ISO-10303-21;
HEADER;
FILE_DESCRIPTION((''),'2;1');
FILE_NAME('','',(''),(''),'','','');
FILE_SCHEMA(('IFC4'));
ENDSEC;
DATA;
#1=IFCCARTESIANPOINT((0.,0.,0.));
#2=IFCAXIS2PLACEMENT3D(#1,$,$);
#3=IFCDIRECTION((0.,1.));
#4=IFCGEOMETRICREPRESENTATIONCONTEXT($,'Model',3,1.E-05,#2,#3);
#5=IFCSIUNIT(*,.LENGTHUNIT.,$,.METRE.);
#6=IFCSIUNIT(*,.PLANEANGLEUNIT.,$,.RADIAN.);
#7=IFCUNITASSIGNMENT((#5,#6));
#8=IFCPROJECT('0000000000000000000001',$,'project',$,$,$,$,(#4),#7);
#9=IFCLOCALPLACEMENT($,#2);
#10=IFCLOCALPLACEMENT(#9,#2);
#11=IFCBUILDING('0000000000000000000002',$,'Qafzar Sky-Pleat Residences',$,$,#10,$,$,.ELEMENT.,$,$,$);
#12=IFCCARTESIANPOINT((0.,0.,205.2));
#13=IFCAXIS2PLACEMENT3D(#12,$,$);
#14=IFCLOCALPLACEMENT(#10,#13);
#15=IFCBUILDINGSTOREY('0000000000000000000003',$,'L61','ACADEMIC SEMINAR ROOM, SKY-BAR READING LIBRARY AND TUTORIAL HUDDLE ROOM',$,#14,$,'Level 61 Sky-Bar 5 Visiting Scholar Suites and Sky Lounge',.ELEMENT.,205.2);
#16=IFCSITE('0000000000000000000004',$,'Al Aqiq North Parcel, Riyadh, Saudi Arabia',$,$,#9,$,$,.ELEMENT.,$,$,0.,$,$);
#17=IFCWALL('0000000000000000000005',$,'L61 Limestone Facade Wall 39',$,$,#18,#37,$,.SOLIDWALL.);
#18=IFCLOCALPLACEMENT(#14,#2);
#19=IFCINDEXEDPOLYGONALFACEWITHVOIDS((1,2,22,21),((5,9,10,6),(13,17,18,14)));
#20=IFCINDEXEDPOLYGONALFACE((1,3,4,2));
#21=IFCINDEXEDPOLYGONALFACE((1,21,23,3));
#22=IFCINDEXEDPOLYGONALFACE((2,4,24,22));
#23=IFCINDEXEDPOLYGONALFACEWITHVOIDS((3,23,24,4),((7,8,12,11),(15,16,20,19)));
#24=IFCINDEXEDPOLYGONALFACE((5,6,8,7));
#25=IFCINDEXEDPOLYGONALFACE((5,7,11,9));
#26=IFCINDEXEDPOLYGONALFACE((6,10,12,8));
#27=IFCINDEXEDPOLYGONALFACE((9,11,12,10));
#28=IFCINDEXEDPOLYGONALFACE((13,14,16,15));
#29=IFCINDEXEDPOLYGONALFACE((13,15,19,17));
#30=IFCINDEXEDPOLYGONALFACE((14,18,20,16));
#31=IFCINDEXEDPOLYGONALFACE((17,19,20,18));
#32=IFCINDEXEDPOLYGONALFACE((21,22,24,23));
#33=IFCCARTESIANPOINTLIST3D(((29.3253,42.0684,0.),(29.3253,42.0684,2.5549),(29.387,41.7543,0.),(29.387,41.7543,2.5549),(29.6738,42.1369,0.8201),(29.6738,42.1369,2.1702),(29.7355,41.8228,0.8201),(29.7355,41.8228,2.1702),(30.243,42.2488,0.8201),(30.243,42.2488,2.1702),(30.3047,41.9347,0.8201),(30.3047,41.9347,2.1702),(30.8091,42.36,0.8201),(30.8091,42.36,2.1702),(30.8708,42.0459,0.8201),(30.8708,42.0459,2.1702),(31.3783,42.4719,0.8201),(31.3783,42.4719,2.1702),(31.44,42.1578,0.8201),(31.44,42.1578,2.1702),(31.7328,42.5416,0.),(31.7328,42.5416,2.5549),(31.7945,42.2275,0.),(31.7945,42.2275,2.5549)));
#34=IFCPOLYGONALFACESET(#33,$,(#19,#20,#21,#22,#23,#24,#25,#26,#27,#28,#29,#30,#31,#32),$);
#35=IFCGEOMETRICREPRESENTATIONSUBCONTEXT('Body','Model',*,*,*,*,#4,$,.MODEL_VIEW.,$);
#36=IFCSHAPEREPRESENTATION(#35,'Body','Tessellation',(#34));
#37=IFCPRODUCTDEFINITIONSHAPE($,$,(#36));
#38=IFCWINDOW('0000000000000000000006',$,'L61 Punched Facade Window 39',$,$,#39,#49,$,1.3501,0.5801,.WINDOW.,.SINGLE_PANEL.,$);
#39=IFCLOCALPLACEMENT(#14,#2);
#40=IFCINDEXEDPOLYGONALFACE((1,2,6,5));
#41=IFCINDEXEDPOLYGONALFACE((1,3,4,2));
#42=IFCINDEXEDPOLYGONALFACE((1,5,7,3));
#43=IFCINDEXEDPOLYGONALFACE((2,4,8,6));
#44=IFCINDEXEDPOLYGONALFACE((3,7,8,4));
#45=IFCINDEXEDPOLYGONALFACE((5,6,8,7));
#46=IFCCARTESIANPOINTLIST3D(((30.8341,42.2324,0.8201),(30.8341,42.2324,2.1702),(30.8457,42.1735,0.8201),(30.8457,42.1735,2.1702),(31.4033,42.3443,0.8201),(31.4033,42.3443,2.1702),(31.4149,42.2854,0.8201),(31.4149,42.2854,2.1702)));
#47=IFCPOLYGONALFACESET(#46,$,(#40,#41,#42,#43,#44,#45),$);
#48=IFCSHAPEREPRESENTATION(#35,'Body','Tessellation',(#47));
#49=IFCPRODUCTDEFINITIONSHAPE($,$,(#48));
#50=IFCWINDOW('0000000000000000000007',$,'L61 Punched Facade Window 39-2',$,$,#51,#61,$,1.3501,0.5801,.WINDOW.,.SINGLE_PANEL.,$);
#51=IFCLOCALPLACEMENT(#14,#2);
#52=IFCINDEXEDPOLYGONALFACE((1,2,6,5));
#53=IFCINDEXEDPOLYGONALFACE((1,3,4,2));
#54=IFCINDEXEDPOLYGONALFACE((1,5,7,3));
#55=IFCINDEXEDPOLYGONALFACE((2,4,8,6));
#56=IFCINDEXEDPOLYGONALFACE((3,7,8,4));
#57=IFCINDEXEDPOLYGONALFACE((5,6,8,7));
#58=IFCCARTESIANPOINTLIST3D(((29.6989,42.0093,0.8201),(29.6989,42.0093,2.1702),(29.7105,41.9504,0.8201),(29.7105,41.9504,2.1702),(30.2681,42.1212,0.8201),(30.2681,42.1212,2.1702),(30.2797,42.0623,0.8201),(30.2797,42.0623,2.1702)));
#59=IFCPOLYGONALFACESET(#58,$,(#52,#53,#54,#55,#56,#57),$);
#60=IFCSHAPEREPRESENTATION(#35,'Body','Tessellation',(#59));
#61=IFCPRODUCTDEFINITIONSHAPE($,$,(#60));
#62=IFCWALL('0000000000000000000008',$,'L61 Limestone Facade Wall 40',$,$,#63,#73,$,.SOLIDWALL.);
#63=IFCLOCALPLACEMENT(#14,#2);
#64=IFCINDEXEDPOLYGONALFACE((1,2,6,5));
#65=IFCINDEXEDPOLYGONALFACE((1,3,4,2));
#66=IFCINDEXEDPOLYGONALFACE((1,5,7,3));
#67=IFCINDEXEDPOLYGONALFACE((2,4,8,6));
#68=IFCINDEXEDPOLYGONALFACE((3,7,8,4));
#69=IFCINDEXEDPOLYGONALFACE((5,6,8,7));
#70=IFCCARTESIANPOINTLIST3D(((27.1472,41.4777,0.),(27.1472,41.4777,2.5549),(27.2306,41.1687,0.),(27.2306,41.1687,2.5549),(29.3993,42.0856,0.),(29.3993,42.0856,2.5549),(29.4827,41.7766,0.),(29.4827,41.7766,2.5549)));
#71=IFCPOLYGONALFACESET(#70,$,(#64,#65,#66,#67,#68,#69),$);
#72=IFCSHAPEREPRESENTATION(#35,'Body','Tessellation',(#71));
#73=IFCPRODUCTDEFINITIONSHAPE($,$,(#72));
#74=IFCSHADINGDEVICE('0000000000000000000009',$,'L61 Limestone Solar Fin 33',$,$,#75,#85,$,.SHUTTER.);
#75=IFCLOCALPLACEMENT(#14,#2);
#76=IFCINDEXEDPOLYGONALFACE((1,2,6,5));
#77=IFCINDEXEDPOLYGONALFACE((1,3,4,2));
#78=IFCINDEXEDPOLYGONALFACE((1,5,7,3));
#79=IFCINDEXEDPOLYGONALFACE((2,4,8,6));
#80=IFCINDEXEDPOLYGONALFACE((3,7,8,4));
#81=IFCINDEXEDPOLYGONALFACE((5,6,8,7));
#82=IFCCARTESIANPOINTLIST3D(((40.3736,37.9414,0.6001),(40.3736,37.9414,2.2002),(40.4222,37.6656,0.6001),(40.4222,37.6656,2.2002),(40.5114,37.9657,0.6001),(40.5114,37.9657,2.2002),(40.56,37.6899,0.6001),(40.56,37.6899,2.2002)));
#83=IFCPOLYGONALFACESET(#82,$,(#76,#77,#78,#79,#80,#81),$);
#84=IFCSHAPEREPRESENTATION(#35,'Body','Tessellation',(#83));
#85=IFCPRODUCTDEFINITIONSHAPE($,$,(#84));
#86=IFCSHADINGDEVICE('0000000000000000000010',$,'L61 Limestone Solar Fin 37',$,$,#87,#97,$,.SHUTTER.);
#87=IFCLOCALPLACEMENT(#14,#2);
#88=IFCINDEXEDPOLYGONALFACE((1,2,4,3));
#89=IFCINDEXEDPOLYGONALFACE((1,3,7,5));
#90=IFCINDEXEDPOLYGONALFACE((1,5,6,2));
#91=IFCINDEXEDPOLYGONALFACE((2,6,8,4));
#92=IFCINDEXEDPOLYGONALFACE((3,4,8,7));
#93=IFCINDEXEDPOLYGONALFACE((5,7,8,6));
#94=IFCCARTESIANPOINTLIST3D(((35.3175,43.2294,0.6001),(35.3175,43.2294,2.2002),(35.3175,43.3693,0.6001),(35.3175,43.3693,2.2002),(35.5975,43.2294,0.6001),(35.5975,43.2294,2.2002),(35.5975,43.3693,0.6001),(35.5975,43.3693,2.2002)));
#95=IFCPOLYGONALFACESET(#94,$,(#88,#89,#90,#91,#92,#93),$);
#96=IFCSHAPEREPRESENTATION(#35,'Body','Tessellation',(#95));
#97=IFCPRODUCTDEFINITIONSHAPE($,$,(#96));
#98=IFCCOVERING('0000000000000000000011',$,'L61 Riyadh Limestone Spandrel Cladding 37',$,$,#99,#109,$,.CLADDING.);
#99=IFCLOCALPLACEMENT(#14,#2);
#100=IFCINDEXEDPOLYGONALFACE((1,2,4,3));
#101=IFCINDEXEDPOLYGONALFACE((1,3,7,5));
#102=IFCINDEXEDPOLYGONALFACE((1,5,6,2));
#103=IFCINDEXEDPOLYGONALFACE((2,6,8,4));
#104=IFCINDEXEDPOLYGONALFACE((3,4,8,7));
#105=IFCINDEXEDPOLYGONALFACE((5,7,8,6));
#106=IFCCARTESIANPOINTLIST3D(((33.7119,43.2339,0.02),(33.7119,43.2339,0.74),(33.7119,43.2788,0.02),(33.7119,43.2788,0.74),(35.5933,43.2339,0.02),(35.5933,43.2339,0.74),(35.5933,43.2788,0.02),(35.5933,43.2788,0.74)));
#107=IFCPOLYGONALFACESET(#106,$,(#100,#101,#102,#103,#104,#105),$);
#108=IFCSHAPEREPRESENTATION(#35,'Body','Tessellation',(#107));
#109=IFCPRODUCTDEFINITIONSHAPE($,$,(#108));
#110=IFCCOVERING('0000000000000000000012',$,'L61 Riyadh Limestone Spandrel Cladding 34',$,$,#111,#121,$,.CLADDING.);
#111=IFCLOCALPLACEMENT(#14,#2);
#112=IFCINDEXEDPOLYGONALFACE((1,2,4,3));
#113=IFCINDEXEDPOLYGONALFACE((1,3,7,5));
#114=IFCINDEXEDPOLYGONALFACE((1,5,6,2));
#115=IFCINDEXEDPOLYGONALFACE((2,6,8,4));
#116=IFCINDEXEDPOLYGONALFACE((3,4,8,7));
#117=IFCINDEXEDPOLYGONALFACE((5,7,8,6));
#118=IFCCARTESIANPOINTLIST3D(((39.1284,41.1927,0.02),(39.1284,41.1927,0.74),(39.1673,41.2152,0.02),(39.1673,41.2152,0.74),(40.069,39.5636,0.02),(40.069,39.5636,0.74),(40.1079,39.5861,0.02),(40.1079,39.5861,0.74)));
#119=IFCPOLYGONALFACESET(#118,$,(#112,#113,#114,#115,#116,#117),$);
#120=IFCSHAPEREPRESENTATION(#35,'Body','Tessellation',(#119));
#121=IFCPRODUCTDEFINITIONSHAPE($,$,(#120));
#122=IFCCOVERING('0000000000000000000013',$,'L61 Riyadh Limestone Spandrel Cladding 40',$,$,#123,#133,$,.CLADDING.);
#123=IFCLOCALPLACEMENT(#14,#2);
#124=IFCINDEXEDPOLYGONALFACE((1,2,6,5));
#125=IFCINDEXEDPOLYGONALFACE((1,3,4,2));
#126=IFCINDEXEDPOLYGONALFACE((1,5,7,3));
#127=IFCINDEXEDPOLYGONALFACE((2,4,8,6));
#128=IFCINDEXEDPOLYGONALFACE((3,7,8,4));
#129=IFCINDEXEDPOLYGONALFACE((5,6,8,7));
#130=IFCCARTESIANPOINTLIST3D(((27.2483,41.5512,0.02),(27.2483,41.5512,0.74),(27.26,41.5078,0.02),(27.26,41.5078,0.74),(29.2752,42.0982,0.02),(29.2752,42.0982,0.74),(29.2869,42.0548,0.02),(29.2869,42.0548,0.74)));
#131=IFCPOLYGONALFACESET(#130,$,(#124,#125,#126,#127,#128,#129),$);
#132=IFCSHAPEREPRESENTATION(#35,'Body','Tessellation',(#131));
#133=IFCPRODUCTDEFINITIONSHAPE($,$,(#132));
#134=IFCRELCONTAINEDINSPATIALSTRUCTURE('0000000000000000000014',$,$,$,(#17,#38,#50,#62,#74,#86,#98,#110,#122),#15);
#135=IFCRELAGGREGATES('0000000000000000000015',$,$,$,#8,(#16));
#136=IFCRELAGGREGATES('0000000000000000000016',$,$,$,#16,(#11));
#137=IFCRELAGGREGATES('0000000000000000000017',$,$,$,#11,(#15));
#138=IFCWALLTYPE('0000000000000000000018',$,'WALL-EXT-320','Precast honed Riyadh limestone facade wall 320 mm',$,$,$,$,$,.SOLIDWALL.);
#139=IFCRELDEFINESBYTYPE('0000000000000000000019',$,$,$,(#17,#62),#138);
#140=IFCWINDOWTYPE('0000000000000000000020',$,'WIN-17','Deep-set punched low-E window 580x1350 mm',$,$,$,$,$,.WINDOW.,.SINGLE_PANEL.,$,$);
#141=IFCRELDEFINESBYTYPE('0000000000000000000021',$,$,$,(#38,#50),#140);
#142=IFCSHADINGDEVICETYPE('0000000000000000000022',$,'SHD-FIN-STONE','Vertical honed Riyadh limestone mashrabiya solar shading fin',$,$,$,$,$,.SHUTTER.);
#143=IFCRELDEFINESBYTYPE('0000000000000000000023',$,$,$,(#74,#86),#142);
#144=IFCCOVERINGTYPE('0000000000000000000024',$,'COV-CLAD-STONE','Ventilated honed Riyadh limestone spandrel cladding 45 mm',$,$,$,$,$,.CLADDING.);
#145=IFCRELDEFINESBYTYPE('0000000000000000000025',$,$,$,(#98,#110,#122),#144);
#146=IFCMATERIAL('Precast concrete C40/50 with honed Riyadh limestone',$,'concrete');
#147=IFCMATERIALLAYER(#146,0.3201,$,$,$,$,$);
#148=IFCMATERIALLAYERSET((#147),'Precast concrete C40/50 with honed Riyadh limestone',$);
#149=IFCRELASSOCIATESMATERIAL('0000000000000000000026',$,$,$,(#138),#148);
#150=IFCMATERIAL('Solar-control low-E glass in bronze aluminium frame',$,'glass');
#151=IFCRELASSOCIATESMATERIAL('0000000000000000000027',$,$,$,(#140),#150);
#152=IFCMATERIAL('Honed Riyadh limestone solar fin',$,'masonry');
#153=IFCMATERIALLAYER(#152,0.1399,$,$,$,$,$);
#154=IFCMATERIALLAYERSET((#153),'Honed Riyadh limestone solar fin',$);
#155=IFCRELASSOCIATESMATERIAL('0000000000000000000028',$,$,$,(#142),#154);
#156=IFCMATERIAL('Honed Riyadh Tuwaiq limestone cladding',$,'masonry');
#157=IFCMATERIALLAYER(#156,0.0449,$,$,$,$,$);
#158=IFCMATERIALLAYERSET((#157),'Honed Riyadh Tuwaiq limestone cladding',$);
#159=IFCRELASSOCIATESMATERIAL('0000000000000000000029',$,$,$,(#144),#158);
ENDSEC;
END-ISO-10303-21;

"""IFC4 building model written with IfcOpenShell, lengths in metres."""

from ifc_helpers import new_model, si_unit, direction, frame, frame_2d, origin, origin_2d, place, context, subcontext, project, spatial, rectangle, extrude, source, transform, mapped, material, layer, layer_set, type_object, element, fill, save


model = new_model("IFC4")

# Units and contexts
model_context = context("Model", 3, precision=1e-05, world=origin(), true_north=direction((0.0, 1.0)))
body_context = subcontext(model_context, "Body", "Model", "MODEL_VIEW")
ifc_project = project(units=[si_unit("LENGTHUNIT", "METRE"), si_unit("PLANEANGLEUNIT", "RADIAN")], contexts=[model_context])

# Site, building, storey
site_placement = place(None, origin())
site = spatial("IfcSite", under=ifc_project, at=site_placement, Name="Al Aqiq North Parcel, Riyadh, Saudi Arabia", CompositionType="ELEMENT", RefElevation=0.0)
building_placement = place(site_placement, origin())
building = spatial("IfcBuilding", under=site, at=building_placement, Name="Qafzar Sky-Pleat Residences", CompositionType="ELEMENT")
storey_placement = place(building_placement, frame((0.0, 0.0, 205.2)))
storey = spatial("IfcBuildingStorey", under=building, at=storey_placement, Name="L61", Description="ACADEMIC SEMINAR ROOM, SKY-BAR READING LIBRARY AND TUTORIAL HUDDLE ROOM", LongName="Level 61 Sky-Bar 5 Visiting Scholar Suites and Sky Lounge", CompositionType="ELEMENT", Elevation=205.2)

# Shared definitions
ifc_material_1 = material(Name="Precast concrete C40/50 with honed Riyadh limestone", Category="concrete")

# Shared definitions
ifc_layer_1 = layer(ifc_material_1, 0.3201)
ifc_layer_set_1 = layer_set([ifc_layer_1], Name="Precast concrete C40/50 with honed Riyadh limestone")
wall_type_1 = type_object("IfcWallType", Name="WALL-EXT-320", Description="Precast honed Riyadh limestone facade wall 320 mm", PredefinedType="SOLIDWALL", material=ifc_layer_set_1)
ifc_material_2 = material(Name="Solar-control low-E glass in bronze aluminium frame", Category="glass")

# Wall, openings, windows
wall_1_placement = place(storey_placement, frame((31.7637, 42.3845, 0.0), z_axis=(0.0, 0.0, 1.0), x_axis=(-0.98123, -0.192843, 0.0)))
wall_1 = element("IfcWall", 1, at=wall_1_placement, inside=storey, type_object=wall_type_1, Name="L61 Limestone Facade Wall 39", PredefinedType="SOLIDWALL", context=body_context, shape_type="SweptSolid", body=[
    extrude(rectangle(XDim=2.4536, YDim=0.3201, at=frame_2d((1.2268, 0.0))), origin(), (0.0, 0.0, 1.0), 2.5549),
])
opening_1_placement = place(wall_1_placement, frame((0.3613, 0.0, 0.8201)))
opening_1 = element("IfcOpeningElement", 2, at=opening_1_placement, cuts=wall_1, PredefinedType="OPENING", context=body_context, shape_type="SweptSolid", body=[
    extrude(rectangle(XDim=0.5801, YDim=1.3501, at=frame_2d((0.29, 0.675))), frame((0.0, 0.1699, 0.0), z_axis=(0.0, -1.0, 0.0), x_axis=(1.0, 0.0, 0.0)), (0.0, 0.0, 1.0), 0.3401),
])
opening_2_placement = place(wall_1_placement, frame((1.5183, 0.0, 0.8201)))
opening_2 = element("IfcOpeningElement", 3, at=opening_2_placement, cuts=wall_1, PredefinedType="OPENING", context=body_context, shape_type="SweptSolid", body=[
    extrude(rectangle(XDim=0.5801, YDim=1.3501, at=frame_2d((0.29, 0.675))), frame((0.0, 0.1699, 0.0), z_axis=(0.0, -1.0, 0.0), x_axis=(1.0, 0.0, 0.0)), (0.0, 0.0, 1.0), 0.3401),
])
window_type_1 = type_object("IfcWindowType", Name="WIN-17", Description="Deep-set punched low-E window 580x1350 mm", PartitioningType="SINGLE_PANEL", PredefinedType="WINDOW", material=ifc_material_2)
shared_shape_1 = source(origin(), body_context, "Body", "SweptSolid", [
    extrude(rectangle(XDim=0.5801, YDim=1.3501, at=frame_2d((0.29, 0.675))), frame((0.0, 0.03, 0.0), z_axis=(0.0, -1.0, 0.0), x_axis=(1.0, 0.0, 0.0)), (0.0, 0.0, 1.0), 0.0601),
])
window_1_placement = place(opening_1_placement, origin())
window_1 = element("IfcWindow", 4, at=window_1_placement, inside=storey, type_object=window_type_1, Name="L61 Punched Facade Window 39", OverallHeight=1.3501, OverallWidth=0.5801, PartitioningType="SINGLE_PANEL", PredefinedType="WINDOW", context=body_context, shape_type="MappedRepresentation", body=[
    mapped(shared_shape_1, transform((0.0, 0.0, 0.0), x_axis=(1.0, 0.0, 0.0), y_axis=(0.0, 1.0, 0.0), z_axis=(0.0, 0.0, 1.0), scale=1.0)),
])
fill(opening_1, window_1)
window_2_placement = place(opening_2_placement, origin())
window_2 = element("IfcWindow", 5, at=window_2_placement, inside=storey, type_object=window_type_1, Name="L61 Punched Facade Window 39-2", OverallHeight=1.3501, OverallWidth=0.5801, PartitioningType="SINGLE_PANEL", PredefinedType="WINDOW", context=body_context, shape_type="MappedRepresentation", body=[
    mapped(shared_shape_1, transform((0.0, 0.0, 0.0), x_axis=(1.0, 0.0, 0.0), y_axis=(0.0, 1.0, 0.0), z_axis=(0.0, 0.0, 1.0), scale=1.0)),
])
fill(opening_2, window_2)

# Wall
wall_2_placement = place(storey_placement, frame((29.4412, 41.9312, 0.0), z_axis=(0.0, 0.0, 1.0), x_axis=(-0.965449, -0.260593, 0.0)))
element("IfcWall", 6, at=wall_2_placement, inside=storey, type_object=wall_type_1, Name="L61 Limestone Facade Wall 40", PredefinedType="SOLIDWALL", context=body_context, shape_type="SweptSolid", body=[
    extrude(rectangle(XDim=2.3328, YDim=0.3201, at=frame_2d((1.1665, 0.0))), origin(), (0.0, 0.0, 1.0), 2.5549),
])

# Shading devices
ifc_material_3 = material(Name="Honed Riyadh limestone solar fin", Category="masonry")
ifc_layer_2 = layer(ifc_material_3, 0.1399)
ifc_layer_set_2 = layer_set([ifc_layer_2], Name="Honed Riyadh limestone solar fin")
shading_device_type = type_object("IfcShadingDeviceType", Name="SHD-FIN-STONE", Description="Vertical honed Riyadh limestone mashrabiya solar shading fin", PredefinedType="SHUTTER", material=ifc_layer_set_2)
shared_shape_2 = source(origin(), body_context, "Body", "SweptSolid", [
    extrude(rectangle(XDim=0.1399, YDim=0.28, at=origin_2d()), origin(), (0.0, 0.0, 1.0), 1.6001),
])
for number, where, z_axis, x_axis, name in (
    (7, (40.4668, 37.8157, 0.6001), (0.0, 0.0, 1.0), (0.984806, 0.173658, 0.0), "L61 Limestone Solar Fin 33"),
    (8, (35.4575, 43.2993, 0.6001), (0.0, 0.0, 1.0), (0.0, 1.0, 0.0), "L61 Limestone Solar Fin 37"),
):
    element("IfcShadingDevice", number, at=place(storey_placement, frame(where, z_axis=z_axis, x_axis=x_axis)), inside=storey, type_object=shading_device_type, Name=name, PredefinedType="SHUTTER", context=body_context, shape_type="MappedRepresentation", body=[
        mapped(shared_shape_2, transform((0.0, 0.0, 0.0), x_axis=(1.0, 0.0, 0.0), y_axis=(0.0, 1.0, 0.0), z_axis=(0.0, 0.0, 1.0), scale=1.0)),
    ])

# Coverings
ifc_material_4 = material(Name="Honed Riyadh Tuwaiq limestone cladding", Category="masonry")
ifc_layer_3 = layer(ifc_material_4, 0.0449)
ifc_layer_set_3 = layer_set([ifc_layer_3], Name="Honed Riyadh Tuwaiq limestone cladding")
covering_type = type_object("IfcCoveringType", Name="COV-CLAD-STONE", Description="Ventilated honed Riyadh limestone spandrel cladding 45 mm", PredefinedType="CLADDING", material=ifc_layer_set_3)
shared_shape_3 = source(origin(), body_context, "Body", "SweptSolid", [
    extrude(rectangle(XDim=1.8813, YDim=0.0449, at=origin_2d()), origin(), (0.0, 0.0, 1.0), 0.72),
])
covering_1_placement = place(storey_placement, frame((34.6526, 43.2563, 0.02), z_axis=(0.0, 0.0, 1.0), x_axis=(-1.0, 0.0, 0.0)))
element("IfcCovering", 9, at=covering_1_placement, inside=storey, type_object=covering_type, Name="L61 Riyadh Limestone Spandrel Cladding 37", PredefinedType="CLADDING", context=body_context, shape_type="MappedRepresentation", body=[
    mapped(shared_shape_3, transform((0.0, 0.0, 0.0), x_axis=(1.0, 0.0, 0.0), y_axis=(0.0, 1.0, 0.0), z_axis=(0.0, 0.0, 1.0), scale=1.0)),
])
shared_shape_4 = source(origin(), body_context, "Body", "SweptSolid", [
    extrude(rectangle(XDim=1.8811, YDim=0.0449, at=origin_2d()), origin(), (0.0, 0.0, 1.0), 0.72),
])
covering_2_placement = place(storey_placement, frame((39.6182, 40.3894, 0.02), z_axis=(0.0, 0.0, 1.0), x_axis=(-0.499993, 0.866029, 0.0)))
element("IfcCovering", 10, at=covering_2_placement, inside=storey, type_object=covering_type, Name="L61 Riyadh Limestone Spandrel Cladding 34", PredefinedType="CLADDING", context=body_context, shape_type="MappedRepresentation", body=[
    mapped(shared_shape_4, transform((0.0, 0.0, 0.0), x_axis=(1.0, 0.0, 0.0), y_axis=(0.0, 1.0, 0.0), z_axis=(0.0, 0.0, 1.0), scale=1.0)),
])
shared_shape_5 = source(origin(), body_context, "Body", "SweptSolid", [
    extrude(rectangle(XDim=2.0994, YDim=0.0449, at=origin_2d()), origin(), (0.0, 0.0, 1.0), 0.72),
])
covering_3_placement = place(storey_placement, frame((28.2676, 41.803, 0.02), z_axis=(0.0, 0.0, 1.0), x_axis=(-0.965458, -0.260559, 0.0)))
element("IfcCovering", 11, at=covering_3_placement, inside=storey, type_object=covering_type, Name="L61 Riyadh Limestone Spandrel Cladding 40", PredefinedType="CLADDING", context=body_context, shape_type="MappedRepresentation", body=[
    mapped(shared_shape_5, transform((0.0, 0.0, 0.0), x_axis=(1.0, 0.0, 0.0), y_axis=(0.0, 1.0, 0.0), z_axis=(0.0, 0.0, 1.0), scale=1.0)),
])

save(model, "model.ifc")
